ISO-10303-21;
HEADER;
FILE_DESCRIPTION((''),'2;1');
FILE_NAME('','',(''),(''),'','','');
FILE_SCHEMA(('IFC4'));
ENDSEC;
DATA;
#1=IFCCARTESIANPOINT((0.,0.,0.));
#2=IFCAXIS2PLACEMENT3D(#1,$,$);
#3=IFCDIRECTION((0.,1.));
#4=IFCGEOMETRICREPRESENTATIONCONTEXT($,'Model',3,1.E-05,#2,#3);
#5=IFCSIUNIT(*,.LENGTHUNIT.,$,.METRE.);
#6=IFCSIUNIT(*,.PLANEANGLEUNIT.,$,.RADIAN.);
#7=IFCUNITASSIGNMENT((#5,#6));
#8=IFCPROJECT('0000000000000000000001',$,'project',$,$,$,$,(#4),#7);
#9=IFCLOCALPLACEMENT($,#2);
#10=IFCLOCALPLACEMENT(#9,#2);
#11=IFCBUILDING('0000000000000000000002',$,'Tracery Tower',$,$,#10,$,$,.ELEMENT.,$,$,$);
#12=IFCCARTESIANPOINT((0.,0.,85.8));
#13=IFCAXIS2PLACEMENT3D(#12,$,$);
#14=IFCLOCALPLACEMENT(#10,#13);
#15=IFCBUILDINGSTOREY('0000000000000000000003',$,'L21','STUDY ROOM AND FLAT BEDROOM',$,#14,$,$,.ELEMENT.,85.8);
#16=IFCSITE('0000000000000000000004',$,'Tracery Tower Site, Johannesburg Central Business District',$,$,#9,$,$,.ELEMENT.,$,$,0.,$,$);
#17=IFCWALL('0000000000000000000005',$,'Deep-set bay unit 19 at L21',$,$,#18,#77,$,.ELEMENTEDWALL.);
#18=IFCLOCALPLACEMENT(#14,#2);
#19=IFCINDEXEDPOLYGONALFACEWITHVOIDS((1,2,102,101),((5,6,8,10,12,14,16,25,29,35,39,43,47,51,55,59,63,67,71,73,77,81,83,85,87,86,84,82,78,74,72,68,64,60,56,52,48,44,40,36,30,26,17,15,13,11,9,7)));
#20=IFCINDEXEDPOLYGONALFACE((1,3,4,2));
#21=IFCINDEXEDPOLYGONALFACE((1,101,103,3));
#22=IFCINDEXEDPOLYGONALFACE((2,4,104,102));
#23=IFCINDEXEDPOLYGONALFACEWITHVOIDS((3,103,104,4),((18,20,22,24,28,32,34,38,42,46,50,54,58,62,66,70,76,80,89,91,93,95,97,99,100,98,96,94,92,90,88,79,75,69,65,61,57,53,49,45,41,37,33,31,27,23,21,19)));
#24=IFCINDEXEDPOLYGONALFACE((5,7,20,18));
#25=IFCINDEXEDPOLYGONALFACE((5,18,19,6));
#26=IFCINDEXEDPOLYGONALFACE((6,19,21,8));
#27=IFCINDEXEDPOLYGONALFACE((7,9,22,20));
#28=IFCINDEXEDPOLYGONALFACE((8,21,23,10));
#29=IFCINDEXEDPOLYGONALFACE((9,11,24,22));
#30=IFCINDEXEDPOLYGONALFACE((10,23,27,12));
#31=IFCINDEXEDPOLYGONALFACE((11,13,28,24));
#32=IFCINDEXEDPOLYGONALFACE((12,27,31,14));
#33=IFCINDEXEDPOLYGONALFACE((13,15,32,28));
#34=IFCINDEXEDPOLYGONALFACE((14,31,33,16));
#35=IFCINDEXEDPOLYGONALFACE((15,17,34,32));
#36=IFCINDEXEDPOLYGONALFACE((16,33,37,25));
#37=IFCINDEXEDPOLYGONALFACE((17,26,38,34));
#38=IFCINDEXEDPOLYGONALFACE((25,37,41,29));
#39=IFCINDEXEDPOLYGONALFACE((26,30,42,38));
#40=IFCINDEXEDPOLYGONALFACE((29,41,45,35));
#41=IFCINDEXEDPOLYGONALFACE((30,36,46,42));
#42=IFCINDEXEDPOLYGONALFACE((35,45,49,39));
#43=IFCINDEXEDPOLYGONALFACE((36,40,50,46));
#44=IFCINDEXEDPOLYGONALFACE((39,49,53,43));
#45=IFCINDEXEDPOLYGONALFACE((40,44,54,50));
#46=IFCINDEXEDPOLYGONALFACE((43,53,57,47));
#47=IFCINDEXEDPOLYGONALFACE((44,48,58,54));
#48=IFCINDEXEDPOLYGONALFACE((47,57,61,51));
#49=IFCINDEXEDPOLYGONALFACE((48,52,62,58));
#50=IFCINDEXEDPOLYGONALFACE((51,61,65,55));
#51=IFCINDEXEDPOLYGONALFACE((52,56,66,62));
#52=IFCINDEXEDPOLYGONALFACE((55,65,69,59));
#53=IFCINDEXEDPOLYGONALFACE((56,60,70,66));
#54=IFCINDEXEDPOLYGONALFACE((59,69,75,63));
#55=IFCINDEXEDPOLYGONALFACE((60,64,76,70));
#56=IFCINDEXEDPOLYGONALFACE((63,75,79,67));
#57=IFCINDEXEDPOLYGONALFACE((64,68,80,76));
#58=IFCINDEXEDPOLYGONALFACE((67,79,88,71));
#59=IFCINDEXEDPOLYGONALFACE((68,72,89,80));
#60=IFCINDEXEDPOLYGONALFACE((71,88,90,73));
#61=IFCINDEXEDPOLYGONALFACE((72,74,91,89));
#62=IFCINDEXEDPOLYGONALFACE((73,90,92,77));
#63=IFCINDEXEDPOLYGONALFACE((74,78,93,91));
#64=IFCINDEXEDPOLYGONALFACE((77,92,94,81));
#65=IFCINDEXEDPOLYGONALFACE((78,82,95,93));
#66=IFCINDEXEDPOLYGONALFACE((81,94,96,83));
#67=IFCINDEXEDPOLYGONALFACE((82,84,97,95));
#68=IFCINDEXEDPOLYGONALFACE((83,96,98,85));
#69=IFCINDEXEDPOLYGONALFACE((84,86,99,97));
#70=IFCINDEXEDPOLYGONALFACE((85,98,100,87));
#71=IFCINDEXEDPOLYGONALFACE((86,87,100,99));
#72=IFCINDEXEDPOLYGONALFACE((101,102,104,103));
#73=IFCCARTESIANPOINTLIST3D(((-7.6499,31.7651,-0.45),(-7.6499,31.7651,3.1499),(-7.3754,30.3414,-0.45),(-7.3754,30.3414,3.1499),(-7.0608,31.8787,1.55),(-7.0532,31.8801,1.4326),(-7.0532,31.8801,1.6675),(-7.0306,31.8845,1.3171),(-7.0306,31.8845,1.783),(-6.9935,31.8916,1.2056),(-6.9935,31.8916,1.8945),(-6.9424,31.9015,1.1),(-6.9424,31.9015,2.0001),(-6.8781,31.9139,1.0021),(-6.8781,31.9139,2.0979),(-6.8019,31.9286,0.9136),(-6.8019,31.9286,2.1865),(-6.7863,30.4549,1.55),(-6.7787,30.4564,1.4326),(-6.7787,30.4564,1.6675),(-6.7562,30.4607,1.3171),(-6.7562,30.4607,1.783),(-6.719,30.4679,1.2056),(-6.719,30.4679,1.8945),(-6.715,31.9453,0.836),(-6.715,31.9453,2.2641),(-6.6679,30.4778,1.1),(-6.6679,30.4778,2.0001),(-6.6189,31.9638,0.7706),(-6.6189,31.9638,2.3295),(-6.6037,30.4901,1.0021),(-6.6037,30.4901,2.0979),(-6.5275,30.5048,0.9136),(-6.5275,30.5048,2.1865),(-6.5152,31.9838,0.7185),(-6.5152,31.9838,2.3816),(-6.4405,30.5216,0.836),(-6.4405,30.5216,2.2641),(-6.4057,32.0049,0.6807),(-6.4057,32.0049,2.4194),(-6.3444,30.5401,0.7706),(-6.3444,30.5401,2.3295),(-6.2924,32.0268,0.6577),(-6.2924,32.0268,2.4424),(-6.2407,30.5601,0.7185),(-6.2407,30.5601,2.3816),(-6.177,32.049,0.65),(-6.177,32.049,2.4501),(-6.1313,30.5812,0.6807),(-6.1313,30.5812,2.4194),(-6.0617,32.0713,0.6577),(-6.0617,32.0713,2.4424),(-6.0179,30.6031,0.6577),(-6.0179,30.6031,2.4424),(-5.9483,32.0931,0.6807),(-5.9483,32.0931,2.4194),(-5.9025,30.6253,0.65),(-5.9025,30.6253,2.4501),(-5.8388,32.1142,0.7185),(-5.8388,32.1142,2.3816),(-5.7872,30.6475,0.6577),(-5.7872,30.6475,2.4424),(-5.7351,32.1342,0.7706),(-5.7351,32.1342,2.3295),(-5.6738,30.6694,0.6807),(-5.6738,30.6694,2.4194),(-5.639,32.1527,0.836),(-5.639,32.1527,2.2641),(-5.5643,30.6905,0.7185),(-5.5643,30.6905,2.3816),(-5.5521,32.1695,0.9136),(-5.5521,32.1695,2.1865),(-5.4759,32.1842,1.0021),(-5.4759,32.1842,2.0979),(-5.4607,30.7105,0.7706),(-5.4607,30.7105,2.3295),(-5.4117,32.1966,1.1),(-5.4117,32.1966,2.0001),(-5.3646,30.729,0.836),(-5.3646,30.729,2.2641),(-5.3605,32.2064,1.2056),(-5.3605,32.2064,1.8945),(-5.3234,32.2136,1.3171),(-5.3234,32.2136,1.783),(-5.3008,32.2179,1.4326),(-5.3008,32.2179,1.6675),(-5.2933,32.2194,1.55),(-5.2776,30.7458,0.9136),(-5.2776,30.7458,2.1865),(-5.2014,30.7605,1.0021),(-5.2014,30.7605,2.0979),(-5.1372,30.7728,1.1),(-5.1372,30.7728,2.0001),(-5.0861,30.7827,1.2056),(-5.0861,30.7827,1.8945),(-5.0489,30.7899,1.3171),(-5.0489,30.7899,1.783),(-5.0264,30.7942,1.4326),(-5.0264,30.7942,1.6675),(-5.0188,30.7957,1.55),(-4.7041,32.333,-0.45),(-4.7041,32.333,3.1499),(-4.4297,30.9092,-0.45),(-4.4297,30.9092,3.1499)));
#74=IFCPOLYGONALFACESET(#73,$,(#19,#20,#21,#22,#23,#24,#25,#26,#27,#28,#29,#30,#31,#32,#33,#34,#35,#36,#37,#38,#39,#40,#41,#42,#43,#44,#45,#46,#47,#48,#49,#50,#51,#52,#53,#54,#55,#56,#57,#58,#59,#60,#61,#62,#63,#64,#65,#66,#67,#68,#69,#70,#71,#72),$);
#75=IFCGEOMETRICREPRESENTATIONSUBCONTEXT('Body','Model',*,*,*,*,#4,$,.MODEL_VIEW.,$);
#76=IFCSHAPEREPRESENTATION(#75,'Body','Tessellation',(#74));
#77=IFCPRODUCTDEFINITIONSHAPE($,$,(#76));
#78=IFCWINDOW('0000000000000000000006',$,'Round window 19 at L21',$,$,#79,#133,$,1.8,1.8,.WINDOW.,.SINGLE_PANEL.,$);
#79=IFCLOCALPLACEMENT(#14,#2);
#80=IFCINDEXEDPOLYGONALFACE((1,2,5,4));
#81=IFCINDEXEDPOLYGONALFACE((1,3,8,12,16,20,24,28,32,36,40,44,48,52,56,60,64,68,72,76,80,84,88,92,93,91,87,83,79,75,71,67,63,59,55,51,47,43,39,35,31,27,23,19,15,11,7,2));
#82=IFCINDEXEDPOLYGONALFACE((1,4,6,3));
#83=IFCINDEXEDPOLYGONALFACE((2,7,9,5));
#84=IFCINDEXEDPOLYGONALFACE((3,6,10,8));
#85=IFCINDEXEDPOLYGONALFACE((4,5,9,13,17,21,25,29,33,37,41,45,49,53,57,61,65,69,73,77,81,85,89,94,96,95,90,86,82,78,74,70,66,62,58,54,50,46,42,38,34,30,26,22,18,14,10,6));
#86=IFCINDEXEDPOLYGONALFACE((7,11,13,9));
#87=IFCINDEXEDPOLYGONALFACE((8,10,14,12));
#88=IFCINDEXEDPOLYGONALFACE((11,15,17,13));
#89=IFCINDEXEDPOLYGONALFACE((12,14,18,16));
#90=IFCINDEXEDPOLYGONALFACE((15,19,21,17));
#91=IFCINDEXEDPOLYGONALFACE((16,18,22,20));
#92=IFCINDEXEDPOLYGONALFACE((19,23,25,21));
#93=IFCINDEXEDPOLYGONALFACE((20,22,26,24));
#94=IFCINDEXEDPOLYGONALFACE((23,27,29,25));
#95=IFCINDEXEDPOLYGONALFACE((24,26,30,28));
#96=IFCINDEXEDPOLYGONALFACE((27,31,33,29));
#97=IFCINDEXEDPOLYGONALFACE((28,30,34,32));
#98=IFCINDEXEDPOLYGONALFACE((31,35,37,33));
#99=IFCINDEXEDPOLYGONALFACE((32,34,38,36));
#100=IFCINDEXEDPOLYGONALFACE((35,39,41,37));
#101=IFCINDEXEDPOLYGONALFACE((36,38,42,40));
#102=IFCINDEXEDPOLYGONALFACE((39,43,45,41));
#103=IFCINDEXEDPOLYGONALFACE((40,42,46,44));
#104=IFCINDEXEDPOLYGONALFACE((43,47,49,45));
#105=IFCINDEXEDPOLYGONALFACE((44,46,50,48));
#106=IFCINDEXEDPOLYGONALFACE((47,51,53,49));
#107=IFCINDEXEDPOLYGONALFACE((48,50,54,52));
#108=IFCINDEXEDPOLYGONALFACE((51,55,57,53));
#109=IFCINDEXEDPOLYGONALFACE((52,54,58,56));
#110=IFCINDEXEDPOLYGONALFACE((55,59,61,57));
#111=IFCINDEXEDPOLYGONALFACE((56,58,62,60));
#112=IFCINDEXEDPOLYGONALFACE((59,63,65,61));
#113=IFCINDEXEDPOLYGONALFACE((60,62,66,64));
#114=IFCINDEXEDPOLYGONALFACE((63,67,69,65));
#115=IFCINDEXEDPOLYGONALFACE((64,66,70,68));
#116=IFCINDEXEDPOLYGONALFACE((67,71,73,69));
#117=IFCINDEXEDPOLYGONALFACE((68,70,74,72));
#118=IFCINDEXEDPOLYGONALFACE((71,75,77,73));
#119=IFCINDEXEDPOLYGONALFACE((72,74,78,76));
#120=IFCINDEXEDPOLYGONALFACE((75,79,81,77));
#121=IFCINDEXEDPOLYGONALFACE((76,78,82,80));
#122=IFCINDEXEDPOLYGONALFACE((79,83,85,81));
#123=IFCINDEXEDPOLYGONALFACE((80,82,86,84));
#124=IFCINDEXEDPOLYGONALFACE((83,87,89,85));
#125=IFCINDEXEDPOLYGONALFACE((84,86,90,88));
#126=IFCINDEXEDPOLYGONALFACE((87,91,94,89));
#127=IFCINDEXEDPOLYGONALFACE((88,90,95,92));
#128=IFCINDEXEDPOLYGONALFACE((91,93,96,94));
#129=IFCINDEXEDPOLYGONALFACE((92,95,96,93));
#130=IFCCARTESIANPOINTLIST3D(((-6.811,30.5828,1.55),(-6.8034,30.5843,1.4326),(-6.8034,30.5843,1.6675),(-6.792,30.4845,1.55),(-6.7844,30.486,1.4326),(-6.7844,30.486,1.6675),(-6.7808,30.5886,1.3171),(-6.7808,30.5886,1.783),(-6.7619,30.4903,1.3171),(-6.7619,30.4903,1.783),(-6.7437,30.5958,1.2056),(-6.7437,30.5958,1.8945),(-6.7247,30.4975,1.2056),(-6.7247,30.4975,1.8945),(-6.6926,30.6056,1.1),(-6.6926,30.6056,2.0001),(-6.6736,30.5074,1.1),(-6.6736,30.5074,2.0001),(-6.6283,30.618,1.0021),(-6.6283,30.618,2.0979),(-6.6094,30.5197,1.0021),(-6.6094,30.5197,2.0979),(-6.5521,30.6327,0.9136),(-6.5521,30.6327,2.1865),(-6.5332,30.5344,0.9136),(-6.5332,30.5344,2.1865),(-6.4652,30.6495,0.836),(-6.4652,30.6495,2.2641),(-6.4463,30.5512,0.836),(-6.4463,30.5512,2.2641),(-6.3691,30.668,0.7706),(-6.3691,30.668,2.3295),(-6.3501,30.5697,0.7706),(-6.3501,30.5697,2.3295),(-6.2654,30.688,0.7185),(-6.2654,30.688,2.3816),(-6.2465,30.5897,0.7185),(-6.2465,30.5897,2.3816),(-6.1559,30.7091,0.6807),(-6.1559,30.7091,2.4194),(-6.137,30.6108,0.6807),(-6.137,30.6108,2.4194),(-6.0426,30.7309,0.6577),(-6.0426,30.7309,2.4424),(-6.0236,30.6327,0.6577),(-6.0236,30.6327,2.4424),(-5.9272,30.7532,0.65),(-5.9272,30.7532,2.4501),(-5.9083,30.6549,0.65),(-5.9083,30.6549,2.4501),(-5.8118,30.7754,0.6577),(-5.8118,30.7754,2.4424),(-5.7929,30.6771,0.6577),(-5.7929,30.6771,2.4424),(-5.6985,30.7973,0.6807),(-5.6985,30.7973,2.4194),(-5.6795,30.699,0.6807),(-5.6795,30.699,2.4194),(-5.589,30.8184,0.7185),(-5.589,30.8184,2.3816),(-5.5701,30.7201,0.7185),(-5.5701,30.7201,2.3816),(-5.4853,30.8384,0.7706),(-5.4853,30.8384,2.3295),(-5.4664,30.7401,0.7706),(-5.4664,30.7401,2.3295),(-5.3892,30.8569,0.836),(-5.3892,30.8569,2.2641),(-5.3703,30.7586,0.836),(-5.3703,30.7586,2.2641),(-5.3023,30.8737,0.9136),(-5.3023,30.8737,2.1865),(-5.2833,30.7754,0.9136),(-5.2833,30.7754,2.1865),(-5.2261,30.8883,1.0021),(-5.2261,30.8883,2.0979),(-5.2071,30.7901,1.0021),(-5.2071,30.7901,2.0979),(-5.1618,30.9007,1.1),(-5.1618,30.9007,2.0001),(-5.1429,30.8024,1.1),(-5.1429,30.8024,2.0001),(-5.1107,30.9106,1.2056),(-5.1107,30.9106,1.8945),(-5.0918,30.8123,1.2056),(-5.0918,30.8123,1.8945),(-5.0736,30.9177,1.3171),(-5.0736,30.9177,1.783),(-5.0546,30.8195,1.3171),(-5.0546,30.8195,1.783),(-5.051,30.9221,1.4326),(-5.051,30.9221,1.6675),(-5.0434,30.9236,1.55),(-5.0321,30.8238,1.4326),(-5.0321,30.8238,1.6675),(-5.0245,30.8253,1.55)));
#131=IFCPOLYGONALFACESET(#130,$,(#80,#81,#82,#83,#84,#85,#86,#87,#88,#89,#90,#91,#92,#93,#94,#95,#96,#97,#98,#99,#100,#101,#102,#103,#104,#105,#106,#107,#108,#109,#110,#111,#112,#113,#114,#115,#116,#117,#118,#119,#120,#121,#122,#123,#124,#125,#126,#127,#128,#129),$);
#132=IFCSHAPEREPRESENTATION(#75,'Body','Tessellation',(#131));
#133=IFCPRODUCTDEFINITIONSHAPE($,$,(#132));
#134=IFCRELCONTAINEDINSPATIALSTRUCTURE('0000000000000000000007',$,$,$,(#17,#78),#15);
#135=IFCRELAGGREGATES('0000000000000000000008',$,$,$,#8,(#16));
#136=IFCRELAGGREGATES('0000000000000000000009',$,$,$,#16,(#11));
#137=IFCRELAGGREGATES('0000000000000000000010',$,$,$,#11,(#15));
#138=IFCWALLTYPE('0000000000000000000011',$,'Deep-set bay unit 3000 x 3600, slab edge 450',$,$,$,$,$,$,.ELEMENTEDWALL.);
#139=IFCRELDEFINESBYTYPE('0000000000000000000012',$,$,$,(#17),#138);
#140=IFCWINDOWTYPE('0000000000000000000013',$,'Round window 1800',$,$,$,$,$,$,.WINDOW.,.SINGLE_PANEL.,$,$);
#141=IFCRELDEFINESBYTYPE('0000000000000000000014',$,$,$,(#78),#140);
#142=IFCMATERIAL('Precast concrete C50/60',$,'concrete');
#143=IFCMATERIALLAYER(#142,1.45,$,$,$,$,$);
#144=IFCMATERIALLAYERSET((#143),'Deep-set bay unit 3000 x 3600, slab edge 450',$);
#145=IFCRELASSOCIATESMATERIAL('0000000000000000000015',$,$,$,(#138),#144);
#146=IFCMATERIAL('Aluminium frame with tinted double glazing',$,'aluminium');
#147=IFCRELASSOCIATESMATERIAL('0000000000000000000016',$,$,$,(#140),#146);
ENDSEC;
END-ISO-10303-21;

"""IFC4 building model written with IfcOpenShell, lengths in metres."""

from ifc_helpers import new_model, si_unit, direction, frame, frame_2d, origin, origin_2d, place, context, subcontext, project, spatial, rectangle, circle, extrude, material, layer, layer_set, type_object, element, fill, save


model = new_model("IFC4")

# Units and contexts
model_context = context("Model", 3, precision=1e-05, world=origin(), true_north=direction((0.0, 1.0)))
body_context = subcontext(model_context, "Body", "Model", "MODEL_VIEW")
ifc_project = project(units=[si_unit("LENGTHUNIT", "METRE"), si_unit("PLANEANGLEUNIT", "RADIAN")], contexts=[model_context])

# Site, building, storey
site_placement = place(None, origin())
site = spatial("IfcSite", under=ifc_project, at=site_placement, Name="Tracery Tower Site, Johannesburg Central Business District", CompositionType="ELEMENT", RefElevation=0.0)
building_placement = place(site_placement, origin())
building = spatial("IfcBuilding", under=site, at=building_placement, Name="Tracery Tower", CompositionType="ELEMENT")
storey_placement = place(building_placement, frame((0.0, 0.0, 85.8)))
storey = spatial("IfcBuildingStorey", under=building, at=storey_placement, Name="L21", Description="STUDY ROOM AND FLAT BEDROOM", CompositionType="ELEMENT", Elevation=85.8)

# Wall, opening, window
ifc_material_1 = material(Name="Precast concrete C50/60", Category="concrete")
ifc_layer_1 = layer(ifc_material_1, 1.45)
ifc_layer_set_1 = layer_set([ifc_layer_1], Name="Deep-set bay unit 3000 x 3600, slab edge 450")
wall_type_1 = type_object("IfcWallType", Name="Deep-set bay unit 3000 x 3600, slab edge 450", PredefinedType="ELEMENTEDWALL", material=ifc_layer_set_1)
wall_1_placement = place(storey_placement, frame((-4.5669, 31.6211, -0.45), z_axis=(0.0, 0.0, 1.0), x_axis=(-0.981922, -0.189288, 0.0)))
wall_1 = element("IfcWall", 1, at=wall_1_placement, inside=storey, type_object=wall_type_1, Name="Deep-set bay unit 19 at L21", PredefinedType="ELEMENTEDWALL", context=body_context, shape_type="SweptSolid", body=[
    extrude(rectangle(XDim=3.0, YDim=1.45, at=frame_2d((1.5, 0.0))), origin(), (0.0, 0.0, 1.0), 3.5999),
])
opening_1_placement = place(wall_1_placement, frame((1.5, 0.0, 2.0)))
opening_1 = element("IfcOpeningElement", 2, at=opening_1_placement, cuts=wall_1, PredefinedType="OPENING", context=body_context, shape_type="SweptSolid", body=[
    extrude(circle(Radius=0.9, at=origin_2d()), frame((0.0, 0.7349, 0.0), z_axis=(0.0, -1.0, 0.0), x_axis=(1.0, 0.0, 0.0)), (0.0, 0.0, 1.0), 1.47),
])
ifc_material_2 = material(Name="Aluminium frame with tinted double glazing", Category="aluminium")
window_type = type_object("IfcWindowType", Name="Round window 1800", PartitioningType="SINGLE_PANEL", PredefinedType="WINDOW", material=ifc_material_2)
window_1_placement = place(opening_1_placement, origin())
window_1 = element("IfcWindow", 3, at=window_1_placement, inside=storey, type_object=window_type, Name="Round window 19 at L21", OverallHeight=1.8, OverallWidth=1.8, PartitioningType="SINGLE_PANEL", PredefinedType="WINDOW", context=body_context, shape_type="SweptSolid", body=[
    extrude(circle(Radius=0.9, at=origin_2d()), frame((0.0, 0.6948, 0.0), z_axis=(0.0, -1.0, 0.0), x_axis=(1.0, 0.0, 0.0)), (0.0, 0.0, 1.0), 0.1001),
])
fill(opening_1, window_1)

save(model, "model.ifc")
